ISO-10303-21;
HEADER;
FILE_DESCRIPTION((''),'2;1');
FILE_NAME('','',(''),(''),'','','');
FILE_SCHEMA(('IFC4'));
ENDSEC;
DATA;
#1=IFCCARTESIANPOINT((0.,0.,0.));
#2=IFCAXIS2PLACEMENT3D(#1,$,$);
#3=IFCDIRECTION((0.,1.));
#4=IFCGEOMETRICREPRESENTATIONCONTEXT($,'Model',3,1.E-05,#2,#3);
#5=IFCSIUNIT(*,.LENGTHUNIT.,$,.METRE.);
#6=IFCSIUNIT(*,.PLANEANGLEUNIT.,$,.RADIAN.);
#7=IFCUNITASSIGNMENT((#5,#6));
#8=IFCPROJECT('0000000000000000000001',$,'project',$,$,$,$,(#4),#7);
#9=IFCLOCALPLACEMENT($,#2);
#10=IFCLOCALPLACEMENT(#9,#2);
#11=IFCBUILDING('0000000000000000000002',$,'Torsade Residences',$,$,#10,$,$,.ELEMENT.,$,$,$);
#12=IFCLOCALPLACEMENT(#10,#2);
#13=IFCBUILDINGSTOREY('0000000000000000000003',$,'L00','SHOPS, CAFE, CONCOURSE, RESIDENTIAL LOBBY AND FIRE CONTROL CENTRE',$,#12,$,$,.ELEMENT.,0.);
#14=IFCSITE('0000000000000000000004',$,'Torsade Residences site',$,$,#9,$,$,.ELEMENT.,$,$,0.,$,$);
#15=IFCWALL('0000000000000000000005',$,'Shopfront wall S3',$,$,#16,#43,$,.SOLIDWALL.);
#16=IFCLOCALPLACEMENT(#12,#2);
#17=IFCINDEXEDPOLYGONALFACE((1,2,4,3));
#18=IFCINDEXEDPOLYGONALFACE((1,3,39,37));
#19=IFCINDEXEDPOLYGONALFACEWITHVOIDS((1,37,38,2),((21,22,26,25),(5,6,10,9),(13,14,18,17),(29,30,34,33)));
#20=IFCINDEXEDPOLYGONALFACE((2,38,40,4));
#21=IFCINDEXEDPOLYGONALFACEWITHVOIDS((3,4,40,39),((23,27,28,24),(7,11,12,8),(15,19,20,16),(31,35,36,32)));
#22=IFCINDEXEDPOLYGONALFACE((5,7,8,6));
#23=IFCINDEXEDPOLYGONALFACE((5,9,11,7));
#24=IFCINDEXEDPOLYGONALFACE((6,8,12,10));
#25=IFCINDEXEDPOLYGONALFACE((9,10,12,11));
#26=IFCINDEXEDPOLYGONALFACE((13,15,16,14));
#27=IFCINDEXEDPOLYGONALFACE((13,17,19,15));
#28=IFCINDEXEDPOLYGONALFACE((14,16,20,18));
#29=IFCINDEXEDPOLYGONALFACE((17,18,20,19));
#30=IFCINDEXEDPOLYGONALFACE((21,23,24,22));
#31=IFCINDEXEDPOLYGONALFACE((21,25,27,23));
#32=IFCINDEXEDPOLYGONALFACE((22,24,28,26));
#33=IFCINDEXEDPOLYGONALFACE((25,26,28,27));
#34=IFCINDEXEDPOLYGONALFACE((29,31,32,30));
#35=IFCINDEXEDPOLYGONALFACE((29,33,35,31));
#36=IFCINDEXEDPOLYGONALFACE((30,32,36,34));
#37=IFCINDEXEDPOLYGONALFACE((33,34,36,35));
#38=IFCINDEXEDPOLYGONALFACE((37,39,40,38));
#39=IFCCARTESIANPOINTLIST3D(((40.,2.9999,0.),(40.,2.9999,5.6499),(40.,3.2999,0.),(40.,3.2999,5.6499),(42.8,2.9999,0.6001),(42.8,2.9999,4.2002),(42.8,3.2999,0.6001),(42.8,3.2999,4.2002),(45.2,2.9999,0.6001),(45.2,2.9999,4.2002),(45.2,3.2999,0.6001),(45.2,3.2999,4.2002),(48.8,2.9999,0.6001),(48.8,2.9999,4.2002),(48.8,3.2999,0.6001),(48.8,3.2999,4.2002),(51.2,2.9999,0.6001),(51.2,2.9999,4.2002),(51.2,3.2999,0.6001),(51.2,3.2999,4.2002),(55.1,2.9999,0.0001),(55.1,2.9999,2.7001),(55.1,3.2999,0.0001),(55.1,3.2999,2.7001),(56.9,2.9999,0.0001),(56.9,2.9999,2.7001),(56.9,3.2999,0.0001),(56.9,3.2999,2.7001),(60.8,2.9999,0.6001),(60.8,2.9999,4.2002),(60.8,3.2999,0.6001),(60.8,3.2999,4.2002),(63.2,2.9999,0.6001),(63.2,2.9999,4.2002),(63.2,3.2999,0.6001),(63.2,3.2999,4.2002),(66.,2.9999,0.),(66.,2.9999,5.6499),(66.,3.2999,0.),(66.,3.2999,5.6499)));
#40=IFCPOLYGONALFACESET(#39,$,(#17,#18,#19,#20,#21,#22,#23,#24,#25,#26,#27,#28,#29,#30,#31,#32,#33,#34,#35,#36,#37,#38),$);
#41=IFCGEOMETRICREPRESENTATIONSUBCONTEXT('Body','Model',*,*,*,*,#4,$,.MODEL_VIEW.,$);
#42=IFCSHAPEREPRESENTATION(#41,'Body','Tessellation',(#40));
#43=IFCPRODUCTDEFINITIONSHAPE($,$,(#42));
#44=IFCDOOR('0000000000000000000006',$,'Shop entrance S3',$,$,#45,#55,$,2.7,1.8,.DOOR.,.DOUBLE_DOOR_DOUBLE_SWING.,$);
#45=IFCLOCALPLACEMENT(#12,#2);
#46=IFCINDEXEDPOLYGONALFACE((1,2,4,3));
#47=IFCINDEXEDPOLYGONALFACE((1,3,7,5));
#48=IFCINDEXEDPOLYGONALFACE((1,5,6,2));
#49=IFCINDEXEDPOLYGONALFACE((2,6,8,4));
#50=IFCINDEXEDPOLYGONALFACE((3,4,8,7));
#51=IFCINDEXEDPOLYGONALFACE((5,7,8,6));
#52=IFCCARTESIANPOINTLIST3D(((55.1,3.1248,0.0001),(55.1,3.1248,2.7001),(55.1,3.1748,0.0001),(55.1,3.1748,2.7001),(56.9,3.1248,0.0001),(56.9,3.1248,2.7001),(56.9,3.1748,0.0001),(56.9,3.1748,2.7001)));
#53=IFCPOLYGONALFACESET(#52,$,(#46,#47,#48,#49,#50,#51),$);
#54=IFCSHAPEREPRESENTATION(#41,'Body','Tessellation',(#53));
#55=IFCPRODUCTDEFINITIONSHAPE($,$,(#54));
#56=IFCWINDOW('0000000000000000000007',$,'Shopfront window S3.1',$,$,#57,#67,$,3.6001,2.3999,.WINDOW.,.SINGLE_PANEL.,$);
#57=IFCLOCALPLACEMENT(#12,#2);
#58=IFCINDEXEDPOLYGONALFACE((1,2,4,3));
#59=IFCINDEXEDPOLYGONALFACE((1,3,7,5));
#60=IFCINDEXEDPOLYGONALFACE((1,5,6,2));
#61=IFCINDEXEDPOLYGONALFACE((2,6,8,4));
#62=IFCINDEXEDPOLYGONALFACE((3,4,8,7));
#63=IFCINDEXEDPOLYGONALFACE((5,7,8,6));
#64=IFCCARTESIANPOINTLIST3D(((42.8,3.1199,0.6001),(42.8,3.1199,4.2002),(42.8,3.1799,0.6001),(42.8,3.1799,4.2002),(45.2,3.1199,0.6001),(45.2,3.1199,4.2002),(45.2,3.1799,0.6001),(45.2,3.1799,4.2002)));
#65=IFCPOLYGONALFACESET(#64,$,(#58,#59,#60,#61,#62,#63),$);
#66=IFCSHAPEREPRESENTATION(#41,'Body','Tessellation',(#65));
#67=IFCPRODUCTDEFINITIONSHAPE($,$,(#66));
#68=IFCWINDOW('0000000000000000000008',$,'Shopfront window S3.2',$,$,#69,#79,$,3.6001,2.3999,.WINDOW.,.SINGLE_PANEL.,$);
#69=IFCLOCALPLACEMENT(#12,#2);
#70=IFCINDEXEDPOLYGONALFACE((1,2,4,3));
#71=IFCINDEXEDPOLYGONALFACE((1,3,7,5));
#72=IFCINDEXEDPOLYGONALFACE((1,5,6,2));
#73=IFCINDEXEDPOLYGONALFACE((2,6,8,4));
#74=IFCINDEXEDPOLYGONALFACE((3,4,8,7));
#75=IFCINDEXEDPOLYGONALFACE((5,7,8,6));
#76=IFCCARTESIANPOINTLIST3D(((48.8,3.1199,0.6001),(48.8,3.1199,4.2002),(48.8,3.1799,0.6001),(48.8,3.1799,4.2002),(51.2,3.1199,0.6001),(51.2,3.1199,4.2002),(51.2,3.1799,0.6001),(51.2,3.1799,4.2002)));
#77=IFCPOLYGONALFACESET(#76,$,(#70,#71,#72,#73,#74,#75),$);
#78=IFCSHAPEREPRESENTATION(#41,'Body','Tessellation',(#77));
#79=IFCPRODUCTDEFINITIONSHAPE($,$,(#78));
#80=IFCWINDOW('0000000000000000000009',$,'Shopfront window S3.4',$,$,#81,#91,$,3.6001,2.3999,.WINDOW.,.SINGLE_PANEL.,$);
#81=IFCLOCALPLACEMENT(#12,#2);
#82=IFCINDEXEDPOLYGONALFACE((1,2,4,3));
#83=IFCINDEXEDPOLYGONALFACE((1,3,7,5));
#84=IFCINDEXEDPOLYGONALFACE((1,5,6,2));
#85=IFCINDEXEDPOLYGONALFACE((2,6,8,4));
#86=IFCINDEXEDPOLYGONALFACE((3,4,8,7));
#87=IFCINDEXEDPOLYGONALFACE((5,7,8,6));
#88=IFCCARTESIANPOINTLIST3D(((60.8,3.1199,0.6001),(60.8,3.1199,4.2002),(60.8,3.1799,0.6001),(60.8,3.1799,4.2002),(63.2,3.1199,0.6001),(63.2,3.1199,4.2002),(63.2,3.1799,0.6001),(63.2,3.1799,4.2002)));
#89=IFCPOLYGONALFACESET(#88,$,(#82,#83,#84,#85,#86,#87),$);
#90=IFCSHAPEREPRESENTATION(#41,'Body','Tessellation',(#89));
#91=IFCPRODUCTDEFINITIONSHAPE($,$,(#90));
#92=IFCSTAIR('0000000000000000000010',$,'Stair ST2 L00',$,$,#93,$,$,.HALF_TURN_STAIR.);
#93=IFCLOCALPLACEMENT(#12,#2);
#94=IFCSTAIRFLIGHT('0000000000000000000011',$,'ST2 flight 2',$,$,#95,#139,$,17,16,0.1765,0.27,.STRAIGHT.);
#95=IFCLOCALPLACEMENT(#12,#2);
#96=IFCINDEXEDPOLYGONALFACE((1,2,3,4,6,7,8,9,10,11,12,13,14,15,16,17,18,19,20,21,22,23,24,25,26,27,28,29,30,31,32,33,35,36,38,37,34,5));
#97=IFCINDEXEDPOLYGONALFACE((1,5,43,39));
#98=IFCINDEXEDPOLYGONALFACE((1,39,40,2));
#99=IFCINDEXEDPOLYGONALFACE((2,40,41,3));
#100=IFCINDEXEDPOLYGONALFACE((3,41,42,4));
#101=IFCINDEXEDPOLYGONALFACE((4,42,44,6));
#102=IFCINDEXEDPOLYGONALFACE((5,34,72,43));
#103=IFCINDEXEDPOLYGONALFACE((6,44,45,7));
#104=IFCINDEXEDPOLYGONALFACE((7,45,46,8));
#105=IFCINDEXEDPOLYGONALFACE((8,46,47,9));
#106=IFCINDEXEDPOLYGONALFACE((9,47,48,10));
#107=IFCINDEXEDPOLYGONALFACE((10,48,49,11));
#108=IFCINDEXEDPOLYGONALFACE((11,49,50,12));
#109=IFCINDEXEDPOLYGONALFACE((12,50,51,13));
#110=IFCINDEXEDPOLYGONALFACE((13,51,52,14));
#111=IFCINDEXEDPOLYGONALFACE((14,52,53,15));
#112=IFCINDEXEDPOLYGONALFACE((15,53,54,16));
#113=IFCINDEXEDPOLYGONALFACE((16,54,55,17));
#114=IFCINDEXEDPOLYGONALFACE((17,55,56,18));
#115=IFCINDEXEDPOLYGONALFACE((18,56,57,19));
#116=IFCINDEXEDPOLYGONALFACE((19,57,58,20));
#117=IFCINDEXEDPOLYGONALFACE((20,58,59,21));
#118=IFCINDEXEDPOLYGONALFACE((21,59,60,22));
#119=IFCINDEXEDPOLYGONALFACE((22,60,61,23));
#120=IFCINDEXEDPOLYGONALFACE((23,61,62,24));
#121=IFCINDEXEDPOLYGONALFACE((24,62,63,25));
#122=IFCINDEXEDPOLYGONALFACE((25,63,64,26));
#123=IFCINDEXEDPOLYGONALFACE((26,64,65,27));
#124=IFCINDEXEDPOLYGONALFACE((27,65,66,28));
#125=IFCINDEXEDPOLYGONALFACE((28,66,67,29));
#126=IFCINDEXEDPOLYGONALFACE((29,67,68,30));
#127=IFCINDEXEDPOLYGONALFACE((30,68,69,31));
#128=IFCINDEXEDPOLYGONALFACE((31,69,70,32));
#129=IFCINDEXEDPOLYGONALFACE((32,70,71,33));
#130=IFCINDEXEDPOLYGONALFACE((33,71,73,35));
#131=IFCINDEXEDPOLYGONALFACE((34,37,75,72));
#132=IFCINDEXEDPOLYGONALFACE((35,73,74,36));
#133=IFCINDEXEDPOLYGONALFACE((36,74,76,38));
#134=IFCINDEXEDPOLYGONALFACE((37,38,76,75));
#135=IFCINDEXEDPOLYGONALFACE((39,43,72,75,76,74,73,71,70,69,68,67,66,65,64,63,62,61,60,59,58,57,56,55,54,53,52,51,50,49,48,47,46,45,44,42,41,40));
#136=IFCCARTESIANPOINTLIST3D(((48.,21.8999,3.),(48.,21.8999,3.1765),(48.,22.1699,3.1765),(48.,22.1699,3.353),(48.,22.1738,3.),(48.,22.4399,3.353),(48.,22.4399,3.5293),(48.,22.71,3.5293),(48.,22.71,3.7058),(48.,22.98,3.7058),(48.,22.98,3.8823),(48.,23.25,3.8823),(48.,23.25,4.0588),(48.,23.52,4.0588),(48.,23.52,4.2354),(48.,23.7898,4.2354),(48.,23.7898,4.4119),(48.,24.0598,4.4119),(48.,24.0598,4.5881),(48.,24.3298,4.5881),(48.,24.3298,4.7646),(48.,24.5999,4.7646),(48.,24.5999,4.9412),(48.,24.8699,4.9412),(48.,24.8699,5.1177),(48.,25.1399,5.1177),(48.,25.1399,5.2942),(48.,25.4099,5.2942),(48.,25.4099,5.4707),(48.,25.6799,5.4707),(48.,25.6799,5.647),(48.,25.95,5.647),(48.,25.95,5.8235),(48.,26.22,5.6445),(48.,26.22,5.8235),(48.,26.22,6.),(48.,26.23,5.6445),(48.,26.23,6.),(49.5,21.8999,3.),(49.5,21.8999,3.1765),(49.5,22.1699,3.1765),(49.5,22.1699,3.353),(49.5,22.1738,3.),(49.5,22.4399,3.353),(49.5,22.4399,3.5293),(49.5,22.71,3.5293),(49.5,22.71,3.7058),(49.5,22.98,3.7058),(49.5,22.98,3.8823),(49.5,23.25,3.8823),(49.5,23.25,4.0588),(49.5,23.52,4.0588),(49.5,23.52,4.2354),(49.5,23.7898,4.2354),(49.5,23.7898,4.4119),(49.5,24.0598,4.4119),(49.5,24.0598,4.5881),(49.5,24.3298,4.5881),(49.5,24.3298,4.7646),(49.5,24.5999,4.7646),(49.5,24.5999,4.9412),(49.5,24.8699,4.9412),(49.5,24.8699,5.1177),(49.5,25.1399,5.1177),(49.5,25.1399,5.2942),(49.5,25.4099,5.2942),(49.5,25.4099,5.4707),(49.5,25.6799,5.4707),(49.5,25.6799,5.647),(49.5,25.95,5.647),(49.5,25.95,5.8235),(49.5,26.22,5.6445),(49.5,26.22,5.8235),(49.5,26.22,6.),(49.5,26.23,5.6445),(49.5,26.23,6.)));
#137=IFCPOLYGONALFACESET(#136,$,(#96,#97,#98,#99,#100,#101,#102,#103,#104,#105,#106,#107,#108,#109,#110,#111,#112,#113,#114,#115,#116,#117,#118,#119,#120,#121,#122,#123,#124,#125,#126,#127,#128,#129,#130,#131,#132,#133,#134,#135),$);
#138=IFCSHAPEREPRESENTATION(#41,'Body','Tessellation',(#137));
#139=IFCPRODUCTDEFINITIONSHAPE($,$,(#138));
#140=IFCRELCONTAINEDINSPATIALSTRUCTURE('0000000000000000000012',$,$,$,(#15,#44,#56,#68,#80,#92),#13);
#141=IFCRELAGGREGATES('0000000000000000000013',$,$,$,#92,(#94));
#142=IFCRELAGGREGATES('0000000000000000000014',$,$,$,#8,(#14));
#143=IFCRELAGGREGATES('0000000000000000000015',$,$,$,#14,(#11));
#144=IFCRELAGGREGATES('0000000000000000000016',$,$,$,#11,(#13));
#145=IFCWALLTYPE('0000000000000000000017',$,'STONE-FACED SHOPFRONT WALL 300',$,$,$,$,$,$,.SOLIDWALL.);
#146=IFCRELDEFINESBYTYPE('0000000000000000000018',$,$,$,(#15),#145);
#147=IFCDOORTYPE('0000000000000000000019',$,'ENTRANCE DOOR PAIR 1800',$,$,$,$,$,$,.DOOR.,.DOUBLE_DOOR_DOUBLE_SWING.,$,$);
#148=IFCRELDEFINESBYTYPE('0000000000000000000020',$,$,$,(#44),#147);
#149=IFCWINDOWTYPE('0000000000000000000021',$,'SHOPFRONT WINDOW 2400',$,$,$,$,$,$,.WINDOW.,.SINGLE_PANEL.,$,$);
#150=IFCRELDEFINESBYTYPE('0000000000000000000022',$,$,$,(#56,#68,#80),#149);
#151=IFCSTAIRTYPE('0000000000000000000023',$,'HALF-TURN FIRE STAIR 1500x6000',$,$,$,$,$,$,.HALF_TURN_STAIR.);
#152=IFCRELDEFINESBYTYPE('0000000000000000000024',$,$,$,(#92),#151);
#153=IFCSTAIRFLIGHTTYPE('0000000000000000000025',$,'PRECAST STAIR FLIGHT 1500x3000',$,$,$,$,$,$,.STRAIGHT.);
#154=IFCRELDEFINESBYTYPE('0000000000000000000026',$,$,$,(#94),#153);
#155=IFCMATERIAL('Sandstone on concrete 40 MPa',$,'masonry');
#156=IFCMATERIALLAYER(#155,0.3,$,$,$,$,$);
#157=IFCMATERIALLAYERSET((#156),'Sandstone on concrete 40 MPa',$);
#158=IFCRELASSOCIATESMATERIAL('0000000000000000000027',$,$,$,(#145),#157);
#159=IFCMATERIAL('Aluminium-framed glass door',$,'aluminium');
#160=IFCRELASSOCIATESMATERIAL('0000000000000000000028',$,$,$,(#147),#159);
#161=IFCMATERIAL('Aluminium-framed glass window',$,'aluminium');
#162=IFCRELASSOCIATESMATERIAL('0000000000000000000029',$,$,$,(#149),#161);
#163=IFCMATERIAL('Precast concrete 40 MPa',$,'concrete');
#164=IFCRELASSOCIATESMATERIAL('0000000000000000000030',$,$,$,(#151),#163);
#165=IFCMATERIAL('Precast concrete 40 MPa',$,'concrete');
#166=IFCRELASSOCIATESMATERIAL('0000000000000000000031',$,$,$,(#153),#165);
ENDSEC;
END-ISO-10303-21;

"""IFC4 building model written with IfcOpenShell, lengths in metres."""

from ifc_helpers import new_model, si_unit, direction, frame, frame_2d, origin, place, context, subcontext, project, spatial, polyline, rectangle, outline, extrude, material, layer, layer_set, type_object, element, fill, aggregate, save


model = new_model("IFC4")

# Units and contexts
model_context = context("Model", 3, precision=1e-05, world=origin(), true_north=direction((0.0, 1.0)))
body_context = subcontext(model_context, "Body", "Model", "MODEL_VIEW")
ifc_project = project(units=[si_unit("LENGTHUNIT", "METRE"), si_unit("PLANEANGLEUNIT", "RADIAN")], contexts=[model_context])

# Site, building, storey
site_placement = place(None, origin())
site = spatial("IfcSite", under=ifc_project, at=site_placement, Name="Torsade Residences site", CompositionType="ELEMENT", RefElevation=0.0)
building_placement = place(site_placement, origin())
building = spatial("IfcBuilding", under=site, at=building_placement, Name="Torsade Residences", CompositionType="ELEMENT")
storey_placement = place(building_placement, origin())
storey = spatial("IfcBuildingStorey", under=building, at=storey_placement, Name="L00", Description="SHOPS, CAFE, CONCOURSE, RESIDENTIAL LOBBY AND FIRE CONTROL CENTRE", CompositionType="ELEMENT", Elevation=0.0)

# Wall, openings, door, windows
ifc_material_1 = material(Name="Sandstone on concrete 40 MPa", Category="masonry")
ifc_layer_1 = layer(ifc_material_1, 0.3)
ifc_layer_set_1 = layer_set([ifc_layer_1], Name="Sandstone on concrete 40 MPa")
wall_type_1 = type_object("IfcWallType", Name="STONE-FACED SHOPFRONT WALL 300", PredefinedType="SOLIDWALL", material=ifc_layer_set_1)
wall_1_placement = place(storey_placement, frame((40.0, 3.1499, 0.0), z_axis=(0.0, 0.0, 1.0), x_axis=(1.0, 0.0, 0.0)))
wall_1 = element("IfcWall", 1, at=wall_1_placement, inside=storey, type_object=wall_type_1, Name="Shopfront wall S3", PredefinedType="SOLIDWALL", context=body_context, shape_type="SweptSolid", body=[
    extrude(rectangle(XDim=26.0, YDim=0.3, at=frame_2d((13.0, 0.0))), origin(), (0.0, 0.0, 1.0), 5.6499),
])
opening_1_placement = place(wall_1_placement, frame((2.8, 0.0, 0.6001)))
opening_1 = element("IfcOpeningElement", 2, at=opening_1_placement, cuts=wall_1, PredefinedType="OPENING", context=body_context, shape_type="SweptSolid", body=[
    extrude(rectangle(XDim=2.3999, YDim=3.6001, at=frame_2d((1.2, 1.8))), frame((0.0, 0.1599, 0.0), z_axis=(0.0, -1.0, 0.0), x_axis=(1.0, 0.0, 0.0)), (0.0, 0.0, 1.0), 0.3201),
])
opening_2_placement = place(wall_1_placement, frame((8.8, 0.0, 0.6001)))
opening_2 = element("IfcOpeningElement", 3, at=opening_2_placement, cuts=wall_1, PredefinedType="OPENING", context=body_context, shape_type="SweptSolid", body=[
    extrude(rectangle(XDim=2.3999, YDim=3.6001, at=frame_2d((1.2, 1.8))), frame((0.0, 0.1599, 0.0), z_axis=(0.0, -1.0, 0.0), x_axis=(1.0, 0.0, 0.0)), (0.0, 0.0, 1.0), 0.3201),
])
opening_3_placement = place(wall_1_placement, frame((15.1001, 0.0, 0.0)))
opening_3 = element("IfcOpeningElement", 4, at=opening_3_placement, cuts=wall_1, PredefinedType="OPENING", context=body_context, shape_type="SweptSolid", body=[
    extrude(rectangle(XDim=1.8, YDim=2.7, at=frame_2d((0.8999, 1.3501))), frame((0.0, 0.1599, 0.0), z_axis=(0.0, -1.0, 0.0), x_axis=(1.0, 0.0, 0.0)), (0.0, 0.0, 1.0), 0.3201),
])
opening_4_placement = place(wall_1_placement, frame((20.8, 0.0, 0.6001)))
opening_4 = element("IfcOpeningElement", 5, at=opening_4_placement, cuts=wall_1, PredefinedType="OPENING", context=body_context, shape_type="SweptSolid", body=[
    extrude(rectangle(XDim=2.3999, YDim=3.6001, at=frame_2d((1.2, 1.8))), frame((0.0, 0.1599, 0.0), z_axis=(0.0, -1.0, 0.0), x_axis=(1.0, 0.0, 0.0)), (0.0, 0.0, 1.0), 0.3201),
])
ifc_material_2 = material(Name="Aluminium-framed glass door", Category="aluminium")
door_type_1 = type_object("IfcDoorType", Name="ENTRANCE DOOR PAIR 1800", OperationType="DOUBLE_DOOR_DOUBLE_SWING", PredefinedType="DOOR", material=ifc_material_2)
door_1_placement = place(opening_3_placement, origin())
door_1 = element("IfcDoor", 6, at=door_1_placement, inside=storey, type_object=door_type_1, Name="Shop entrance S3", OperationType="DOUBLE_DOOR_DOUBLE_SWING", OverallHeight=2.7, OverallWidth=1.8, PredefinedType="DOOR", context=body_context, shape_type="SweptSolid", body=[
    extrude(rectangle(XDim=1.8, YDim=2.7, at=frame_2d((0.8999, 1.3501))), frame((0.0, 0.0249, 0.0), z_axis=(0.0, -1.0, 0.0), x_axis=(1.0, 0.0, 0.0)), (0.0, 0.0, 1.0), 0.05),
])
fill(opening_3, door_1)
ifc_material_3 = material(Name="Aluminium-framed glass window", Category="aluminium")
window_type = type_object("IfcWindowType", Name="SHOPFRONT WINDOW 2400", PartitioningType="SINGLE_PANEL", PredefinedType="WINDOW", material=ifc_material_3)
window_1_placement = place(opening_1_placement, origin())
window_1 = element("IfcWindow", 7, at=window_1_placement, inside=storey, type_object=window_type, Name="Shopfront window S3.1", OverallHeight=3.6001, OverallWidth=2.3999, PartitioningType="SINGLE_PANEL", PredefinedType="WINDOW", context=body_context, shape_type="SweptSolid", body=[
    extrude(rectangle(XDim=2.3999, YDim=3.6001, at=frame_2d((1.2, 1.8))), frame((0.0, 0.03, 0.0), z_axis=(0.0, -1.0, 0.0), x_axis=(1.0, 0.0, 0.0)), (0.0, 0.0, 1.0), 0.0601),
])
fill(opening_1, window_1)
window_2_placement = place(opening_2_placement, origin())
window_2 = element("IfcWindow", 8, at=window_2_placement, inside=storey, type_object=window_type, Name="Shopfront window S3.2", OverallHeight=3.6001, OverallWidth=2.3999, PartitioningType="SINGLE_PANEL", PredefinedType="WINDOW", context=body_context, shape_type="SweptSolid", body=[
    extrude(rectangle(XDim=2.3999, YDim=3.6001, at=frame_2d((1.2, 1.8))), frame((0.0, 0.03, 0.0), z_axis=(0.0, -1.0, 0.0), x_axis=(1.0, 0.0, 0.0)), (0.0, 0.0, 1.0), 0.0601),
])
fill(opening_2, window_2)
window_3_placement = place(opening_4_placement, origin())
window_3 = element("IfcWindow", 9, at=window_3_placement, inside=storey, type_object=window_type, Name="Shopfront window S3.4", OverallHeight=3.6001, OverallWidth=2.3999, PartitioningType="SINGLE_PANEL", PredefinedType="WINDOW", context=body_context, shape_type="SweptSolid", body=[
    extrude(rectangle(XDim=2.3999, YDim=3.6001, at=frame_2d((1.2, 1.8))), frame((0.0, 0.03, 0.0), z_axis=(0.0, -1.0, 0.0), x_axis=(1.0, 0.0, 0.0)), (0.0, 0.0, 1.0), 0.0601),
])
fill(opening_4, window_3)

# Stair, stair flight
ifc_material_4 = material(Name="Precast concrete 40 MPa", Category="concrete")
stair_type = type_object("IfcStairType", Name="HALF-TURN FIRE STAIR 1500x6000", PredefinedType="HALF_TURN_STAIR", material=ifc_material_4)
stair_placement = place(storey_placement, origin())
stair = element("IfcStair", 10, at=stair_placement, inside=storey, type_object=stair_type, Name="Stair ST2 L00", PredefinedType="HALF_TURN_STAIR")
ifc_material_5 = material(Name="Precast concrete 40 MPa", Category="concrete")
stair_flight_type = type_object("IfcStairFlightType", Name="PRECAST STAIR FLIGHT 1500x3000", PredefinedType="STRAIGHT", material=ifc_material_5)
stair_flight_placement = place(storey_placement, frame((48.75, 21.8999, 3.0), z_axis=(0.0, 0.0, 1.0), x_axis=(0.0, 1.0, 0.0)))
stair_flight = element("IfcStairFlight", 11, at=stair_flight_placement, type_object=stair_flight_type, Name="ST2 flight 2", NumberOfRisers=17, NumberOfTreads=16, PredefinedType="STRAIGHT", RiserHeight=0.1765, TreadLength=0.27, context=body_context, shape_type="SweptSolid", body=[
    extrude(outline(polyline([(0.0, 0.0), (0.0, 0.1765), (0.27, 0.1765), (0.27, 0.353), (0.54, 0.353), (0.54, 0.5293), (0.8101, 0.5293), (0.8101, 0.7058), (1.0801, 0.7058), (1.0801, 0.8823), (1.3501, 0.8823), (1.3501, 1.0588), (1.6201, 1.0588), (1.6201, 1.2354), (1.8899, 1.2354), (1.8899, 1.4119), (2.1599, 1.4119), (2.1599, 1.5881), (2.4299, 1.5881), (2.4299, 1.7646), (2.7, 1.7646), (2.7, 1.9412), (2.97, 1.9412), (2.97, 2.1177), (3.24, 2.1177), (3.24, 2.2942), (3.51, 2.2942), (3.51, 2.4707), (3.78, 2.4707), (3.78, 2.647), (4.05, 2.647), (4.05, 2.8235), (4.3201, 2.8235), (4.3201, 3.0), (4.3301, 3.0), (4.3301, 2.6445), (4.3201, 2.6445), (0.2739, 0.0), (0.0, 0.0)])), frame((0.0, 0.75, 0.0), z_axis=(0.0, -1.0, 0.0), x_axis=(1.0, 0.0, 0.0)), (0.0, 0.0, 1.0), 1.5),
])
aggregate(stair, [stair_flight])

save(model, "model.ifc")
